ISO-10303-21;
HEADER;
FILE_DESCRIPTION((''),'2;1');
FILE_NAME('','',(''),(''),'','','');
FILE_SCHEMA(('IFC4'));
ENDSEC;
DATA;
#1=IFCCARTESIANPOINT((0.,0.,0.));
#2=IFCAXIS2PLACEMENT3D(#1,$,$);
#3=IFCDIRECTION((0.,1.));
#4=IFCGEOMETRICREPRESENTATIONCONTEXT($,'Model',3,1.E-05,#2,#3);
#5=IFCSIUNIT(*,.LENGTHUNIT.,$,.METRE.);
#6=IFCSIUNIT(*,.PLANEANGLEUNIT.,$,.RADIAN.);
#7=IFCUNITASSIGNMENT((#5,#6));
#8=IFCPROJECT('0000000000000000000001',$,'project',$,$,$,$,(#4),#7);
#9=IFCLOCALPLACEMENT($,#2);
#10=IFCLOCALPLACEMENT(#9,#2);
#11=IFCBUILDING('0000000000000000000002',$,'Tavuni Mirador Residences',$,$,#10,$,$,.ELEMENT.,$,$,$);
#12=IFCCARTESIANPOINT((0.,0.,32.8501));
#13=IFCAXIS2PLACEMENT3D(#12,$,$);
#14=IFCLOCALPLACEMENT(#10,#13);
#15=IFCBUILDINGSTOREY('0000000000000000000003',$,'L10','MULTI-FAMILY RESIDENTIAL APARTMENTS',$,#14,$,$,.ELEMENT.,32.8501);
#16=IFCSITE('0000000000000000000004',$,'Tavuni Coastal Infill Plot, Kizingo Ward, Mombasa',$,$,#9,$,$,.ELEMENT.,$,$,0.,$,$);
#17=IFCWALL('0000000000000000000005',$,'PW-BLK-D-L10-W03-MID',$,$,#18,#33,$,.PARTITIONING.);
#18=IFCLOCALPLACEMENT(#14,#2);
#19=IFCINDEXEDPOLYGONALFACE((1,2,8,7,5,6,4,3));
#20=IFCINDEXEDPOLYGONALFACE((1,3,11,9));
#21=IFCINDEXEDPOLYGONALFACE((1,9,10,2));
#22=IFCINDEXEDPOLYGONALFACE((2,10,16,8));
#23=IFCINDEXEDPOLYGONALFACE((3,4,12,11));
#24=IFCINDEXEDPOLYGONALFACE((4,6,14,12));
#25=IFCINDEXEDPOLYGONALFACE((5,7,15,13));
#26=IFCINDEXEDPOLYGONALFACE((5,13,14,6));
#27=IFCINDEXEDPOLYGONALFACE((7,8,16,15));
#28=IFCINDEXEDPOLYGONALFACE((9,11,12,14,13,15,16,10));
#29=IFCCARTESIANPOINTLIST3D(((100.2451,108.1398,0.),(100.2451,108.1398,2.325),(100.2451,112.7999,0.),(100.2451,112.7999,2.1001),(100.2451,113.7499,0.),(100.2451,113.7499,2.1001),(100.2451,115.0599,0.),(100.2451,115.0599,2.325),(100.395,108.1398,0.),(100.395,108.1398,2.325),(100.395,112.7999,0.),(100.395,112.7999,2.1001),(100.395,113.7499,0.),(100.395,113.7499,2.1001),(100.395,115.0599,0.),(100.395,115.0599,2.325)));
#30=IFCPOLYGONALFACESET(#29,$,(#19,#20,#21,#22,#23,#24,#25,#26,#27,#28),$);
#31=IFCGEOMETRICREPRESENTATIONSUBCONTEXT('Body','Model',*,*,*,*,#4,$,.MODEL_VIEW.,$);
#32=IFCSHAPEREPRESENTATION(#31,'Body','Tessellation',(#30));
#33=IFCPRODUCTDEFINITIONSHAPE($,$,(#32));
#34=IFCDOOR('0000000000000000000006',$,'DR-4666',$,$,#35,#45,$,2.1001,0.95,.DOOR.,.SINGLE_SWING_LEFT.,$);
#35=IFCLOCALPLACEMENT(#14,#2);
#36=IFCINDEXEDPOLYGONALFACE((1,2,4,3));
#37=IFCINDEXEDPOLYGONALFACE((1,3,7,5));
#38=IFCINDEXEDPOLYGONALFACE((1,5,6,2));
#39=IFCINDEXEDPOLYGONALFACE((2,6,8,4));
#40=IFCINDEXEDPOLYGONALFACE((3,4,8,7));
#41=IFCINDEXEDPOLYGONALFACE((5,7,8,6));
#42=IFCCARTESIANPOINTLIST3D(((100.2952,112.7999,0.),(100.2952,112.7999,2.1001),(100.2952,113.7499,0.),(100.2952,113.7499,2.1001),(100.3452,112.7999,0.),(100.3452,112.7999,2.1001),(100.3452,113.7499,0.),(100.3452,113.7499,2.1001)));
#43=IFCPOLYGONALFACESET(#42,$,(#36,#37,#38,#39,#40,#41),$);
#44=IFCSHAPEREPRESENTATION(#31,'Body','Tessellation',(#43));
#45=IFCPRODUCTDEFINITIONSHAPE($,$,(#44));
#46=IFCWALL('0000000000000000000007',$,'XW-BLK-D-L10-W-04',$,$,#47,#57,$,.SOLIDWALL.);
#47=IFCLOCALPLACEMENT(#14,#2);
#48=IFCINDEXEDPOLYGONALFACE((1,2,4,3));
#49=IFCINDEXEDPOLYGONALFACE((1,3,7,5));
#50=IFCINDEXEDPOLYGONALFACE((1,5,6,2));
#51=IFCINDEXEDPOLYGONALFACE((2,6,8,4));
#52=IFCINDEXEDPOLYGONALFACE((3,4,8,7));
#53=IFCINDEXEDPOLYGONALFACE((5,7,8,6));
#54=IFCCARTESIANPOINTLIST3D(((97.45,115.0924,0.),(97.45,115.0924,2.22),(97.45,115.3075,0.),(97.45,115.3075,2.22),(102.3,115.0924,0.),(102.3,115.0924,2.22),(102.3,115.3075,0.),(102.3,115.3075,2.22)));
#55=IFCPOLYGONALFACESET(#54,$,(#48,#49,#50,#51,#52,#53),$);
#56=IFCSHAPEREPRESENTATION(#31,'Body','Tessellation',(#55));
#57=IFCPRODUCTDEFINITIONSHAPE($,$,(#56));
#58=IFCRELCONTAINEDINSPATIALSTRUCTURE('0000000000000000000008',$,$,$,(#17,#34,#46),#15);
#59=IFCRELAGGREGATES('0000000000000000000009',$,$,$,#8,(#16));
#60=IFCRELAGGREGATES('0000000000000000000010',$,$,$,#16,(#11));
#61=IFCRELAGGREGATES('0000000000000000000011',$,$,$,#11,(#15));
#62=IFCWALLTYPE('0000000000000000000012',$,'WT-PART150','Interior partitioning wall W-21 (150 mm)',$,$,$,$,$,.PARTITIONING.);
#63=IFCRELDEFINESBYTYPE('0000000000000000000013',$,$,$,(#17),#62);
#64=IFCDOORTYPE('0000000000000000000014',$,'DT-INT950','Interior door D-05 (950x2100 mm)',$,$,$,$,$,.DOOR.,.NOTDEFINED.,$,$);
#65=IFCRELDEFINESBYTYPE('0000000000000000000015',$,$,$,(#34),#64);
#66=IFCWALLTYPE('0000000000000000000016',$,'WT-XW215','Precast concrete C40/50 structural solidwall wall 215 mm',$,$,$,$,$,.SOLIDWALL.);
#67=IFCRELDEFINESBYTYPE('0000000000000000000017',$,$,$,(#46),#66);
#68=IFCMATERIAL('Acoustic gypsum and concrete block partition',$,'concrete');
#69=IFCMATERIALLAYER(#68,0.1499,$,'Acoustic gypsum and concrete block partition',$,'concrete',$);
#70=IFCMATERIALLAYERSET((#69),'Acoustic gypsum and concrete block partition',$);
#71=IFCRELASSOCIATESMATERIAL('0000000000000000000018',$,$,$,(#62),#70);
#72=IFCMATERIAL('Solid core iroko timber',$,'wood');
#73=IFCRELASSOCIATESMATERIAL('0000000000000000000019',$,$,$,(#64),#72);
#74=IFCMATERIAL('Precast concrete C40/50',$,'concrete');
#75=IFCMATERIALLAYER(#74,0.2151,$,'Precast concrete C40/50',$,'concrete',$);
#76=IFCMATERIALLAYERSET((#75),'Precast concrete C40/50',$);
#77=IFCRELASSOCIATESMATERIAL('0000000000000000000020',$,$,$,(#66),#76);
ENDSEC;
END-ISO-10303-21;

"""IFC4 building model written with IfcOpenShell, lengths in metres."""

from ifc_helpers import new_model, si_unit, direction, frame, frame_2d, origin, place, context, subcontext, project, spatial, rectangle, extrude, material, layer, layer_set, type_object, element, fill, save


model = new_model("IFC4")

# Units and contexts
model_context = context("Model", 3, precision=1e-05, world=origin(), true_north=direction((0.0, 1.0)))
body_context = subcontext(model_context, "Body", "Model", "MODEL_VIEW")
ifc_project = project(units=[si_unit("LENGTHUNIT", "METRE"), si_unit("PLANEANGLEUNIT", "RADIAN")], contexts=[model_context])

# Site, building, storey
site_placement = place(None, origin())
site = spatial("IfcSite", under=ifc_project, at=site_placement, Name="Tavuni Coastal Infill Plot, Kizingo Ward, Mombasa", CompositionType="ELEMENT", RefElevation=0.0)
building_placement = place(site_placement, origin())
building = spatial("IfcBuilding", under=site, at=building_placement, Name="Tavuni Mirador Residences", CompositionType="ELEMENT")
storey_placement = place(building_placement, frame((0.0, 0.0, 32.8501)))
storey = spatial("IfcBuildingStorey", under=building, at=storey_placement, Name="L10", Description="MULTI-FAMILY RESIDENTIAL APARTMENTS", CompositionType="ELEMENT", Elevation=32.8501)

# Shared definitions
ifc_material_1 = material(Name="Precast concrete C40/50", Category="concrete")

# Shared definitions
ifc_material_2 = material(Name="Solid core iroko timber", Category="wood")

# Wall, opening, door
ifc_material_3 = material(Name="Acoustic gypsum and concrete block partition", Category="concrete")
ifc_layer_1 = layer(ifc_material_3, 0.1499, Name="Acoustic gypsum and concrete block partition", Category="concrete")
ifc_layer_set_1 = layer_set([ifc_layer_1], Name="Acoustic gypsum and concrete block partition")
wall_type_1 = type_object("IfcWallType", Name="WT-PART150", Description="Interior partitioning wall W-21 (150 mm)", PredefinedType="PARTITIONING", material=ifc_layer_set_1)
wall_1_placement = place(storey_placement, frame((100.3201, 108.1399, 0.0), z_axis=(0.0, 0.0, 1.0), x_axis=(0.0, 1.0, 0.0)))
wall_1 = element("IfcWall", 1, at=wall_1_placement, inside=storey, type_object=wall_type_1, Name="PW-BLK-D-L10-W03-MID", PredefinedType="PARTITIONING", context=body_context, shape_type="SweptSolid", body=[
    extrude(rectangle(XDim=6.9202, YDim=0.1499, at=frame_2d((3.46, 0.0))), origin(), (0.0, 0.0, 1.0), 2.325),
])
opening_1_placement = place(wall_1_placement, frame((4.6599, 0.0, 0.0)))
opening_1 = element("IfcOpeningElement", 2, at=opening_1_placement, cuts=wall_1, PredefinedType="OPENING", context=body_context, shape_type="SweptSolid", body=[
    extrude(rectangle(XDim=0.95, YDim=2.1001, at=frame_2d((0.4751, 1.05))), frame((0.0, 0.085, 0.0), z_axis=(0.0, -1.0, 0.0), x_axis=(1.0, 0.0, 0.0)), (0.0, 0.0, 1.0), 0.1699),
])
door_type_1 = type_object("IfcDoorType", Name="DT-INT950", Description="Interior door D-05 (950x2100 mm)", OperationType="NOTDEFINED", PredefinedType="DOOR", material=ifc_material_2)
door_1_placement = place(opening_1_placement, origin())
door_1 = element("IfcDoor", 3, at=door_1_placement, inside=storey, type_object=door_type_1, Name="DR-4666", OperationType="SINGLE_SWING_LEFT", OverallHeight=2.1001, OverallWidth=0.95, PredefinedType="DOOR", context=body_context, shape_type="SweptSolid", body=[
    extrude(rectangle(XDim=0.95, YDim=2.1001, at=frame_2d((0.4751, 1.05))), frame((0.0, 0.0249, 0.0), z_axis=(0.0, -1.0, 0.0), x_axis=(1.0, 0.0, 0.0)), (0.0, 0.0, 1.0), 0.05),
])
fill(opening_1, door_1)

# Wall
ifc_layer_2 = layer(ifc_material_1, 0.2151, Name="Precast concrete C40/50", Category="concrete")
ifc_layer_set_2 = layer_set([ifc_layer_2], Name="Precast concrete C40/50")
wall_type_2 = type_object("IfcWallType", Name="WT-XW215", Description="Precast concrete C40/50 structural solidwall wall 215 mm", PredefinedType="SOLIDWALL", material=ifc_layer_set_2)
wall_2_placement = place(storey_placement, frame((97.45, 115.2, 0.0), z_axis=(0.0, 0.0, 1.0), x_axis=(1.0, 0.0, 0.0)))
element("IfcWall", 4, at=wall_2_placement, inside=storey, type_object=wall_type_2, Name="XW-BLK-D-L10-W-04", PredefinedType="SOLIDWALL", context=body_context, shape_type="SweptSolid", body=[
    extrude(rectangle(XDim=4.8501, YDim=0.2151, at=frame_2d((2.425, 0.0))), origin(), (0.0, 0.0, 1.0), 2.22),
])

save(model, "model.ifc")
